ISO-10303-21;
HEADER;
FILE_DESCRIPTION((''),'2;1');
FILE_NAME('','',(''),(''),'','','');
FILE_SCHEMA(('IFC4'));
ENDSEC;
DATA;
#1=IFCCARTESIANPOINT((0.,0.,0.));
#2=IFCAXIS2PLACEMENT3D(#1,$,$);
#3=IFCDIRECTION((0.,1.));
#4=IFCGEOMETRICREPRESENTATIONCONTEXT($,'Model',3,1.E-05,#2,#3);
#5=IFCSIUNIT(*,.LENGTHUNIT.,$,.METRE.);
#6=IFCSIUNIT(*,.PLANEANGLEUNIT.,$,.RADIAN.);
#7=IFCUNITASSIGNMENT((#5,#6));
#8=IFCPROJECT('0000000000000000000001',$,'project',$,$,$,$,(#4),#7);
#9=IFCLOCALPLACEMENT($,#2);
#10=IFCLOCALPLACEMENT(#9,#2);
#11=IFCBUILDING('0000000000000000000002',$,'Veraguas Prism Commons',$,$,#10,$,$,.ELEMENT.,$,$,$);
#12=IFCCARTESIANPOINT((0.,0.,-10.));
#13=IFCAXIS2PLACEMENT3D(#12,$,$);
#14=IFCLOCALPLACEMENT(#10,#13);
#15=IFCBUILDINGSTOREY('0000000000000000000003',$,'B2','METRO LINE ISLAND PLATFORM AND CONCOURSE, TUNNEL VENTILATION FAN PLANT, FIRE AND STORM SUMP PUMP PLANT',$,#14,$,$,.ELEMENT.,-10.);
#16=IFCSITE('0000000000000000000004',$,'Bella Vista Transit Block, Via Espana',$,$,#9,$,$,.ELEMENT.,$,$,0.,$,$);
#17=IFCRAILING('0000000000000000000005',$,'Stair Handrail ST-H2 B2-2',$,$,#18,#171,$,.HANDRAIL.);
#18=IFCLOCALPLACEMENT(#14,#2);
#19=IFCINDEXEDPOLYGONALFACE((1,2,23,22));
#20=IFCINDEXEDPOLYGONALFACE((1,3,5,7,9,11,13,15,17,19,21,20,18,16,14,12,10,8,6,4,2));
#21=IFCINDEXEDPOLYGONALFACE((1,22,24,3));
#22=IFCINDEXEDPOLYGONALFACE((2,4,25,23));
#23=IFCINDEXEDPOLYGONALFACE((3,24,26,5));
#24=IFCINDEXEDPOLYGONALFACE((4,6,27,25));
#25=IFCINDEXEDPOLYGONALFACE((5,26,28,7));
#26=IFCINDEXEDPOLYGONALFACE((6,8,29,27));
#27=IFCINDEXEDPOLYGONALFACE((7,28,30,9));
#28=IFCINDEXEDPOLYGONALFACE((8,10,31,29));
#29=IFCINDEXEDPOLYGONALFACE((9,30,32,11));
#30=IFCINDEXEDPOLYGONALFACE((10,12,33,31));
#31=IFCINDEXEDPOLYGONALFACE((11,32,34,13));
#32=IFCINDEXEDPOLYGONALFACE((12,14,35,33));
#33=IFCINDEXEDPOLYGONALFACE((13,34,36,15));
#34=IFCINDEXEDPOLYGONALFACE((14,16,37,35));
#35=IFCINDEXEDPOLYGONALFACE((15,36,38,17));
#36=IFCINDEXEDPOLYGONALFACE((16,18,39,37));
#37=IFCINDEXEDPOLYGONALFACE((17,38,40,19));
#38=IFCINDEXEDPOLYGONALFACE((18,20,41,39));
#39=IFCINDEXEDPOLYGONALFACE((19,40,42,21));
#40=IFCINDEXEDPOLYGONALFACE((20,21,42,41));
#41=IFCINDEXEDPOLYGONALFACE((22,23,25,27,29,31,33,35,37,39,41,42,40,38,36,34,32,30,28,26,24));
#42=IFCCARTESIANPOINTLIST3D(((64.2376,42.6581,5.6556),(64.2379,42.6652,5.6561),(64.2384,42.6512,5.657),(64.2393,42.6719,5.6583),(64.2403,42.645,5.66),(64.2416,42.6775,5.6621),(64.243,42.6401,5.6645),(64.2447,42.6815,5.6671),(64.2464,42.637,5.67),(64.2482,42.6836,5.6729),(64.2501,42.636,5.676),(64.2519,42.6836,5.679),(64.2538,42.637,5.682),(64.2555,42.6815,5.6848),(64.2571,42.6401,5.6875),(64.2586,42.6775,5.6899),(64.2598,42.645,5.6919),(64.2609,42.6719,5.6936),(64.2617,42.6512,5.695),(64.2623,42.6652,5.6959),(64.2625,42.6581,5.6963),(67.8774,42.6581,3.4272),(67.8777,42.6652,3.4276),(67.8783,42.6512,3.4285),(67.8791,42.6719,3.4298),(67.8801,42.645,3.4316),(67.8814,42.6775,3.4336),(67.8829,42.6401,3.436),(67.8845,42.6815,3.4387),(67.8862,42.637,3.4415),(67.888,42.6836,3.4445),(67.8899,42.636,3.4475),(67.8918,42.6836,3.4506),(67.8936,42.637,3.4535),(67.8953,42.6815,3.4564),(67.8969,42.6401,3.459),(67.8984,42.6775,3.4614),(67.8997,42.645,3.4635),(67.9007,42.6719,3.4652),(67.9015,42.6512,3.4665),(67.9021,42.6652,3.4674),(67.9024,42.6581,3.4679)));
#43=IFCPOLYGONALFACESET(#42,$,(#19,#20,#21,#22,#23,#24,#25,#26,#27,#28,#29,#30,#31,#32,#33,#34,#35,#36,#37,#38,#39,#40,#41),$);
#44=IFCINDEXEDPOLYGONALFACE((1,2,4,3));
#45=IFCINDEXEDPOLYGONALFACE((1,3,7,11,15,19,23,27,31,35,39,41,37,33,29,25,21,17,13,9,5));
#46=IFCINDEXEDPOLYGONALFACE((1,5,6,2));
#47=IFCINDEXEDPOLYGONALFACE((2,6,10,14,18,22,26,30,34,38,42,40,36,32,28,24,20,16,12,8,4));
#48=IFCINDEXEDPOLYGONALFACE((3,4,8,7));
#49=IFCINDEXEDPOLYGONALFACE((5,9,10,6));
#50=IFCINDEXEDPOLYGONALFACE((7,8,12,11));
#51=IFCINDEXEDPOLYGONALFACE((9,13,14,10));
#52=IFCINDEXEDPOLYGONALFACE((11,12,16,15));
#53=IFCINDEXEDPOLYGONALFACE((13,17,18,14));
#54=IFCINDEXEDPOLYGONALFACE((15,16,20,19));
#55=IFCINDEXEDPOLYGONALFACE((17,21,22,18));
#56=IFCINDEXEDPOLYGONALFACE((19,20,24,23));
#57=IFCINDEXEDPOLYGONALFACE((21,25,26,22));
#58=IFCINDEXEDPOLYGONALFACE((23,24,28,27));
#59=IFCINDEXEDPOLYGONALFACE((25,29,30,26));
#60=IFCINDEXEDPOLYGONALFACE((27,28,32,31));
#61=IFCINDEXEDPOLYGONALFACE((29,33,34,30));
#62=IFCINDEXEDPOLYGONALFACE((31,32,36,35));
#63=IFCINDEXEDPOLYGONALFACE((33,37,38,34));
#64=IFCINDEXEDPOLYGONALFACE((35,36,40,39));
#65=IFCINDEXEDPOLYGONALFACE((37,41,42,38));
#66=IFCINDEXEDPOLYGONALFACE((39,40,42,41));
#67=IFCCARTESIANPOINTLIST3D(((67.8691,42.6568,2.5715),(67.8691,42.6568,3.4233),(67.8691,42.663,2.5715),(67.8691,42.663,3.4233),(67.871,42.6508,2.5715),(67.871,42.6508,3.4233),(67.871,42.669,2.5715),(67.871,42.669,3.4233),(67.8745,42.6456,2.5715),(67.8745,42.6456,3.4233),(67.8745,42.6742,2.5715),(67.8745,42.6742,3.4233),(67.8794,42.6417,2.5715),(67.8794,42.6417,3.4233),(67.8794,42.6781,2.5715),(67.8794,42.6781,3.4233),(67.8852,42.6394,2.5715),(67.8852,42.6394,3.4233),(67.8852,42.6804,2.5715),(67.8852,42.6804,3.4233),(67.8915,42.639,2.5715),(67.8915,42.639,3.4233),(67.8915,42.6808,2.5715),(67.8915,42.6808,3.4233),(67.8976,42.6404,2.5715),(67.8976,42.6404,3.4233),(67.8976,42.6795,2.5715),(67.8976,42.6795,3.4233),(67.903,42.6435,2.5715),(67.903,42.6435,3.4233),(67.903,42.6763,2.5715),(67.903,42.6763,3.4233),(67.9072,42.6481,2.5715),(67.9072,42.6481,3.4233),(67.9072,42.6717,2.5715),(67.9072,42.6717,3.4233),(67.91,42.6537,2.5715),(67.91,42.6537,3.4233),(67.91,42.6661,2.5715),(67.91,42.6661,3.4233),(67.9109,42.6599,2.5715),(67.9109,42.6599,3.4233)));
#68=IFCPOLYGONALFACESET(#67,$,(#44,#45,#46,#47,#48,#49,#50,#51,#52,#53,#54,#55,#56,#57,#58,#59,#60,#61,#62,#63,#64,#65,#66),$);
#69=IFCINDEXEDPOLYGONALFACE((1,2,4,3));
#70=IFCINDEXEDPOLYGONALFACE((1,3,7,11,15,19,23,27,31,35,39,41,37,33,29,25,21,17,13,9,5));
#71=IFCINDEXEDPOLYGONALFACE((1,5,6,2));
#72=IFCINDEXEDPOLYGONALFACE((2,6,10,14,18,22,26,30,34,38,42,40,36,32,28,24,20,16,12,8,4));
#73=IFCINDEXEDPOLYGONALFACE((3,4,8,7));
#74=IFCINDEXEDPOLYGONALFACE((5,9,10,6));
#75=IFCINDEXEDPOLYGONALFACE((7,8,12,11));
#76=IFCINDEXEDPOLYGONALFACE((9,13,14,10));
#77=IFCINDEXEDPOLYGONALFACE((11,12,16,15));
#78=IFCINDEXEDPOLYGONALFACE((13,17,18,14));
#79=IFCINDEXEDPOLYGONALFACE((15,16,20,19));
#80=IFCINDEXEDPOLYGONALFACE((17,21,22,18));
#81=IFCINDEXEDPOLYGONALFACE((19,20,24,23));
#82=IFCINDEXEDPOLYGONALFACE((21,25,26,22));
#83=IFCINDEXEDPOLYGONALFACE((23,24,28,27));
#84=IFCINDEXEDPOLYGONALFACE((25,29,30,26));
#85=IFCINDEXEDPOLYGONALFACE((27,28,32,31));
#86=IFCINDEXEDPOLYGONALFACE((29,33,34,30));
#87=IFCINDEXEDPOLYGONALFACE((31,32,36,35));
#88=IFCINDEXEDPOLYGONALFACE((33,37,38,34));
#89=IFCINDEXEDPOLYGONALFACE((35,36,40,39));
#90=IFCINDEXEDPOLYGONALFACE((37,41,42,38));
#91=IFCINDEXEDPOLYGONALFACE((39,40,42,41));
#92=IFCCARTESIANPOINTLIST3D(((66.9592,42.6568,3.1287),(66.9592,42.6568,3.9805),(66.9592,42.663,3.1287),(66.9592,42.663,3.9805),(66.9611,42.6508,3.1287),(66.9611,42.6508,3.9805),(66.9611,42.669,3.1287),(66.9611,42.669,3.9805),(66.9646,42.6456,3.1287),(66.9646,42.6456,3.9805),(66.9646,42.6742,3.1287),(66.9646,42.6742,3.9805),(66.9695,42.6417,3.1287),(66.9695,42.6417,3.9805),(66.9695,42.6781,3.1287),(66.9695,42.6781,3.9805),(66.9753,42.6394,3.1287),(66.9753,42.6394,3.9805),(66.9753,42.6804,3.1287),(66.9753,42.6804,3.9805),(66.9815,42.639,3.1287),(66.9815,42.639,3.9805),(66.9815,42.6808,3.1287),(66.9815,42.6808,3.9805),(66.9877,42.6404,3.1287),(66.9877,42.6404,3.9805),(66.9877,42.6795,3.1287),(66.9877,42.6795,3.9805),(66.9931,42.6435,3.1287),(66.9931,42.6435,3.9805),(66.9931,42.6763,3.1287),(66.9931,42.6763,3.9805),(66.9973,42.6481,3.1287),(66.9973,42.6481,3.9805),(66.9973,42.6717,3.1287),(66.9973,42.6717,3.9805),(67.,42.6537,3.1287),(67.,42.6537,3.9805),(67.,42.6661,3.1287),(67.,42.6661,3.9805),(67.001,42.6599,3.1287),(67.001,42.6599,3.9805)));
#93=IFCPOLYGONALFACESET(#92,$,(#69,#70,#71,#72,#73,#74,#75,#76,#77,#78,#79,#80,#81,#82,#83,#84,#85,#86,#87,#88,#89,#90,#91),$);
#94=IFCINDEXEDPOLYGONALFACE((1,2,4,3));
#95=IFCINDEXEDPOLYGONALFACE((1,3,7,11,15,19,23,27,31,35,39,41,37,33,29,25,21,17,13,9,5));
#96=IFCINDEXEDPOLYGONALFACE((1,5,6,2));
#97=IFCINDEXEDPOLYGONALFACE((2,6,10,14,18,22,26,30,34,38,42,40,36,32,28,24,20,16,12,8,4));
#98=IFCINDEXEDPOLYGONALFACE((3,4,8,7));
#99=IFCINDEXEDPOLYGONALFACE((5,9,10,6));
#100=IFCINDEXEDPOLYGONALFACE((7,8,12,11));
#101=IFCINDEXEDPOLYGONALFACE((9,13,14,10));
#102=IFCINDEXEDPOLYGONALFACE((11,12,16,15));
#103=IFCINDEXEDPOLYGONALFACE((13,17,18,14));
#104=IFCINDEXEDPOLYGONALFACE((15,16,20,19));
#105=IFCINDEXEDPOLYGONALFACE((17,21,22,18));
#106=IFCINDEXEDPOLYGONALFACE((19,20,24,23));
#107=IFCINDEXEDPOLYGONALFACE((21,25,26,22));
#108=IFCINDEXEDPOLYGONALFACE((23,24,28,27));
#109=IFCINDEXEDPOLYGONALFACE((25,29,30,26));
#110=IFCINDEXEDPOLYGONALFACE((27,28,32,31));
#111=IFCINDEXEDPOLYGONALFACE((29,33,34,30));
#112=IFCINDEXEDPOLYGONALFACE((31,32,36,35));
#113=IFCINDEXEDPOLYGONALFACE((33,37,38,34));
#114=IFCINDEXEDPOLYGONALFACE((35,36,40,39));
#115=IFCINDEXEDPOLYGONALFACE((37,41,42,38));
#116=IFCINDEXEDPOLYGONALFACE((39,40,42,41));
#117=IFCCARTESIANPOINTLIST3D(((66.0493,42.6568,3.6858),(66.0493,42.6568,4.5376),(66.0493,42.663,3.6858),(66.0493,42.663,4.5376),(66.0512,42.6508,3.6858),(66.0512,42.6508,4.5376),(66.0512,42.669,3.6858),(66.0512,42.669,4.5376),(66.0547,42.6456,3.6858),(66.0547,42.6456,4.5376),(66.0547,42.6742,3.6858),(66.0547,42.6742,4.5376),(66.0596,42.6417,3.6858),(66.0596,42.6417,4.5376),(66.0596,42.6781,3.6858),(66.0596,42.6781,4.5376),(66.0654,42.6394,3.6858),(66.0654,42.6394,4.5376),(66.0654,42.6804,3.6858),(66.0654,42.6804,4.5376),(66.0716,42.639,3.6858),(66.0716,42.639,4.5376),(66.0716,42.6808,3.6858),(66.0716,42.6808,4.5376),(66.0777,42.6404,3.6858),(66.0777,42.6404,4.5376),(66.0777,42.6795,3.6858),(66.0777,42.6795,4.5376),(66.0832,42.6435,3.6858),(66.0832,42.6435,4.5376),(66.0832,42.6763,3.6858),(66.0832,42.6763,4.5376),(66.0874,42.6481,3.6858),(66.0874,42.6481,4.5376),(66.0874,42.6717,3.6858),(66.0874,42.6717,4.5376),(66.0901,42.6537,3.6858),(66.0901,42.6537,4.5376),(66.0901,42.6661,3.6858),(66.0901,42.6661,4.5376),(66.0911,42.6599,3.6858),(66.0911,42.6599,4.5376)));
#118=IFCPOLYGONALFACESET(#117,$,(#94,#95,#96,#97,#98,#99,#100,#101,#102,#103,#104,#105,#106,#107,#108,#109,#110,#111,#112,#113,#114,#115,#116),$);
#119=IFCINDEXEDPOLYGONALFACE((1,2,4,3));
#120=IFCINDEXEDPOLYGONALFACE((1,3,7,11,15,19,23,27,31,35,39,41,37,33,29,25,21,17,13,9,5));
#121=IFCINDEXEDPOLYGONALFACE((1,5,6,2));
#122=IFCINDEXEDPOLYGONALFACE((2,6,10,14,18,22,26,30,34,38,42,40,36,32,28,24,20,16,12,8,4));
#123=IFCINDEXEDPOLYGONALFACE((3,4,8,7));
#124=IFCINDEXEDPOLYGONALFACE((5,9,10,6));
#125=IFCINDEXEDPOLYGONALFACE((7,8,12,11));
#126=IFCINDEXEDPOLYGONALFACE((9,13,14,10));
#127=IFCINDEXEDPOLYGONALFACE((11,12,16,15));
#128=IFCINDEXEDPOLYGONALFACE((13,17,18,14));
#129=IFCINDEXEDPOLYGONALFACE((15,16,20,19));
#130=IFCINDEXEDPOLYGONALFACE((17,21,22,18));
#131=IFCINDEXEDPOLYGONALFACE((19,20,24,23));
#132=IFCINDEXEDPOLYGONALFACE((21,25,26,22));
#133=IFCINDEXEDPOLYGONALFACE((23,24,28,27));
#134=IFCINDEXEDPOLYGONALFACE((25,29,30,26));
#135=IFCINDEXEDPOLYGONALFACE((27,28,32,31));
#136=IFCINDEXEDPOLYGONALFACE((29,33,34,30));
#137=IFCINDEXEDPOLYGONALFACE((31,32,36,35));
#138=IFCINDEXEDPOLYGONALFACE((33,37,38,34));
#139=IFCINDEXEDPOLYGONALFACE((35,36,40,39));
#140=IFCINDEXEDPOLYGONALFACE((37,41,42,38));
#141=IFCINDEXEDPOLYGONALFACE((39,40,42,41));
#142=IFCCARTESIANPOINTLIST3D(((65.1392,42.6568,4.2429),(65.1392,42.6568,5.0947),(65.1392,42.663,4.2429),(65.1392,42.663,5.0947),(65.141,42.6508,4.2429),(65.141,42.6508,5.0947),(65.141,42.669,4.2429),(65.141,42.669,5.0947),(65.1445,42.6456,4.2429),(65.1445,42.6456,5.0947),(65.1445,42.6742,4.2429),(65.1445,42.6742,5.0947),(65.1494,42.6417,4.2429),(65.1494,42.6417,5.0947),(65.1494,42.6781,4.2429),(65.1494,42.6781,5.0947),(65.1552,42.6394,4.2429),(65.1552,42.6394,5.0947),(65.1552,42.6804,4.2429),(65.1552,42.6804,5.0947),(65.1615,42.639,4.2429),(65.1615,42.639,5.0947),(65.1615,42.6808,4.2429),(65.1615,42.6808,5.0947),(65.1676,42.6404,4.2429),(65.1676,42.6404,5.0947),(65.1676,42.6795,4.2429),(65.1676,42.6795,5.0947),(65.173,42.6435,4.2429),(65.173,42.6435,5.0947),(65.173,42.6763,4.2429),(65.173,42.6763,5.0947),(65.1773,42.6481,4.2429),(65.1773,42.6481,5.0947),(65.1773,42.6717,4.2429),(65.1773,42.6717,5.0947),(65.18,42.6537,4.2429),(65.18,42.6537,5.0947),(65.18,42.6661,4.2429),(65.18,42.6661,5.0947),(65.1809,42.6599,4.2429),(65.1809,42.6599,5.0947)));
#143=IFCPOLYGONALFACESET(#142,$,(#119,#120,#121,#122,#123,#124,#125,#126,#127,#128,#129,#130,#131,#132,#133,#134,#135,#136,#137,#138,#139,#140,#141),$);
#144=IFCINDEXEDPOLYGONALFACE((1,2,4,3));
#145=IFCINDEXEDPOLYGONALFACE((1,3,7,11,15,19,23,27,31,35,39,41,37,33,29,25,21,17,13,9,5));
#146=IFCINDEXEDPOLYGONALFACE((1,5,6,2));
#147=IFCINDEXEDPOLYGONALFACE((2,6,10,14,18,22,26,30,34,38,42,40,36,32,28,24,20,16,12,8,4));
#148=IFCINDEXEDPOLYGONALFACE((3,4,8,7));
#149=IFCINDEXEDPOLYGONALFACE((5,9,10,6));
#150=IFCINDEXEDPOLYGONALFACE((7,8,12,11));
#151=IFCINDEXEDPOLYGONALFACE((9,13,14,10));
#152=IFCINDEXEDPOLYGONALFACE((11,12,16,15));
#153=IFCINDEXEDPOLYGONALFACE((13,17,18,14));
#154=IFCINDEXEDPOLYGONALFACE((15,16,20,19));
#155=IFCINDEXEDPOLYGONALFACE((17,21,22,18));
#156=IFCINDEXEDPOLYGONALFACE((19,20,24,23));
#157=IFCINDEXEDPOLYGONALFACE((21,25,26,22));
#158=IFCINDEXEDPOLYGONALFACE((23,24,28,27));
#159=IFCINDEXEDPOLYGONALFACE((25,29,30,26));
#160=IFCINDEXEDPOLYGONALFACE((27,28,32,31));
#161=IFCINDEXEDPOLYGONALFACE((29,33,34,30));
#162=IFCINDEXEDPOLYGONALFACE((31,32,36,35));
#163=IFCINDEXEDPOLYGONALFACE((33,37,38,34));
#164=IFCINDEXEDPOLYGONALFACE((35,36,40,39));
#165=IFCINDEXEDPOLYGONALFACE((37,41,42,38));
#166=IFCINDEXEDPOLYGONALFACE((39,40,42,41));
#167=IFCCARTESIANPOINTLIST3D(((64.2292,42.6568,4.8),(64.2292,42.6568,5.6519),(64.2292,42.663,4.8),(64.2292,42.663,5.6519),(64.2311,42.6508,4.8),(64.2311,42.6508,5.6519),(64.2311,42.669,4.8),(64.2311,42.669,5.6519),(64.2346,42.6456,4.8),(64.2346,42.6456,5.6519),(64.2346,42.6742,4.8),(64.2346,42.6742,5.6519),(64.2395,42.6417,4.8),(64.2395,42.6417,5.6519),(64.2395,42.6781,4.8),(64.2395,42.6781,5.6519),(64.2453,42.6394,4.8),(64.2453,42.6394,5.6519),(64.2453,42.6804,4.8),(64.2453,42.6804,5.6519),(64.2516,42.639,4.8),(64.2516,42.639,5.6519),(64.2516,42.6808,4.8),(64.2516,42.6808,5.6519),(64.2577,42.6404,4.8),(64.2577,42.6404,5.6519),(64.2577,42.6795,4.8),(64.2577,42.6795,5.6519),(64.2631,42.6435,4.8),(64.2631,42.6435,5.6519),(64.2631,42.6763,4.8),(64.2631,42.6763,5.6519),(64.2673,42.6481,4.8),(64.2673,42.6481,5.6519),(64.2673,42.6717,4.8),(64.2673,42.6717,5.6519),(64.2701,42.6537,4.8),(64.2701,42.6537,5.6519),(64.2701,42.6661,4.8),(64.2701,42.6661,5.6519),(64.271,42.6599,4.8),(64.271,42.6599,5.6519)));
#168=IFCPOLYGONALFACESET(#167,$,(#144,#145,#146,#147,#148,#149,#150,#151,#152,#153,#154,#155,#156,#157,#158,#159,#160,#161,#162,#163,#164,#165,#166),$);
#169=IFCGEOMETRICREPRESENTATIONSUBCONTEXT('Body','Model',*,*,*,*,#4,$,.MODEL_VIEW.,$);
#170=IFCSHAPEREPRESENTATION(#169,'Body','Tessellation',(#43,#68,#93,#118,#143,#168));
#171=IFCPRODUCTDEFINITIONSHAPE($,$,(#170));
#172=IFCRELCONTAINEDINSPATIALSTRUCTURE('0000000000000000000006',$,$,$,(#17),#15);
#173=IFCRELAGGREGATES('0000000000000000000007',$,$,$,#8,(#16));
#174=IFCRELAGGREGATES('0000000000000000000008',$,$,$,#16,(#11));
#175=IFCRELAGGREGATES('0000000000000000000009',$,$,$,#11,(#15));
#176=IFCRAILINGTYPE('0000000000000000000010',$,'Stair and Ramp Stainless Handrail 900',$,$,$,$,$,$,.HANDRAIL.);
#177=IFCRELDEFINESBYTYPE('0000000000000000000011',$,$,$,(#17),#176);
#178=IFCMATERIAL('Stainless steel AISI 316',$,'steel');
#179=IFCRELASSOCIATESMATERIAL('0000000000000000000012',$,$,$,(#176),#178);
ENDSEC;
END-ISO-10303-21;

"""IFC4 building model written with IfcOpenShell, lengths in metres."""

from ifc_helpers import new_model, si_unit, direction, frame, origin, origin_2d, place, context, subcontext, project, spatial, circle, extrude, material, type_object, element, save


model = new_model("IFC4")

# Units and contexts
model_context = context("Model", 3, precision=1e-05, world=origin(), true_north=direction((0.0, 1.0)))
body_context = subcontext(model_context, "Body", "Model", "MODEL_VIEW")
ifc_project = project(units=[si_unit("LENGTHUNIT", "METRE"), si_unit("PLANEANGLEUNIT", "RADIAN")], contexts=[model_context])

# Site, building, storey
site_placement = place(None, origin())
site = spatial("IfcSite", under=ifc_project, at=site_placement, Name="Bella Vista Transit Block, Via Espana", CompositionType="ELEMENT", RefElevation=0.0)
building_placement = place(site_placement, origin())
building = spatial("IfcBuilding", under=site, at=building_placement, Name="Veraguas Prism Commons", CompositionType="ELEMENT")
storey_placement = place(building_placement, frame((0.0, 0.0, -10.0)))
storey = spatial("IfcBuildingStorey", under=building, at=storey_placement, Name="B2", Description="METRO LINE ISLAND PLATFORM AND CONCOURSE, TUNNEL VENTILATION FAN PLANT, FIRE AND STORM SUMP PUMP PLANT", CompositionType="ELEMENT", Elevation=-10.0)

# Railing
ifc_material_1 = material(Name="Stainless steel AISI 316", Category="steel")
railing_type_1 = type_object("IfcRailingType", Name="Stair and Ramp Stainless Handrail 900", PredefinedType="HANDRAIL", material=ifc_material_1)
railing_1_placement = place(storey_placement, frame((67.8899, 42.6599, 2.5715)))
element("IfcRailing", 1, at=railing_1_placement, inside=storey, type_object=railing_type_1, Name="Stair Handrail ST-H2 B2-2", PredefinedType="HANDRAIL", context=body_context, shape_type="SweptSolid", body=[
    extrude(circle(Radius=0.0239, at=origin_2d()), frame((0.0, 0.0, 0.876), z_axis=(-0.85285, 0.0, 0.522156), x_axis=(0.0, -1.0, 0.0)), (0.0, 0.0, 1.0), 4.2678),
    extrude(circle(Radius=0.021, at=origin_2d()), origin(), (0.0, 0.0, 1.0), 0.8518),
    extrude(circle(Radius=0.021, at=origin_2d()), frame((-0.9099, 0.0, 0.5571)), (0.0, 0.0, 1.0), 0.8518),
    extrude(circle(Radius=0.021, at=origin_2d()), frame((-1.8198, 0.0, 1.1143)), (0.0, 0.0, 1.0), 0.8518),
    extrude(circle(Radius=0.021, at=origin_2d()), frame((-2.73, 0.0, 1.6714)), (0.0, 0.0, 1.0), 0.8518),
    extrude(circle(Radius=0.021, at=origin_2d()), frame((-3.6399, 0.0, 2.2285)), (0.0, 0.0, 1.0), 0.8518),
])

save(model, "model.ifc")
